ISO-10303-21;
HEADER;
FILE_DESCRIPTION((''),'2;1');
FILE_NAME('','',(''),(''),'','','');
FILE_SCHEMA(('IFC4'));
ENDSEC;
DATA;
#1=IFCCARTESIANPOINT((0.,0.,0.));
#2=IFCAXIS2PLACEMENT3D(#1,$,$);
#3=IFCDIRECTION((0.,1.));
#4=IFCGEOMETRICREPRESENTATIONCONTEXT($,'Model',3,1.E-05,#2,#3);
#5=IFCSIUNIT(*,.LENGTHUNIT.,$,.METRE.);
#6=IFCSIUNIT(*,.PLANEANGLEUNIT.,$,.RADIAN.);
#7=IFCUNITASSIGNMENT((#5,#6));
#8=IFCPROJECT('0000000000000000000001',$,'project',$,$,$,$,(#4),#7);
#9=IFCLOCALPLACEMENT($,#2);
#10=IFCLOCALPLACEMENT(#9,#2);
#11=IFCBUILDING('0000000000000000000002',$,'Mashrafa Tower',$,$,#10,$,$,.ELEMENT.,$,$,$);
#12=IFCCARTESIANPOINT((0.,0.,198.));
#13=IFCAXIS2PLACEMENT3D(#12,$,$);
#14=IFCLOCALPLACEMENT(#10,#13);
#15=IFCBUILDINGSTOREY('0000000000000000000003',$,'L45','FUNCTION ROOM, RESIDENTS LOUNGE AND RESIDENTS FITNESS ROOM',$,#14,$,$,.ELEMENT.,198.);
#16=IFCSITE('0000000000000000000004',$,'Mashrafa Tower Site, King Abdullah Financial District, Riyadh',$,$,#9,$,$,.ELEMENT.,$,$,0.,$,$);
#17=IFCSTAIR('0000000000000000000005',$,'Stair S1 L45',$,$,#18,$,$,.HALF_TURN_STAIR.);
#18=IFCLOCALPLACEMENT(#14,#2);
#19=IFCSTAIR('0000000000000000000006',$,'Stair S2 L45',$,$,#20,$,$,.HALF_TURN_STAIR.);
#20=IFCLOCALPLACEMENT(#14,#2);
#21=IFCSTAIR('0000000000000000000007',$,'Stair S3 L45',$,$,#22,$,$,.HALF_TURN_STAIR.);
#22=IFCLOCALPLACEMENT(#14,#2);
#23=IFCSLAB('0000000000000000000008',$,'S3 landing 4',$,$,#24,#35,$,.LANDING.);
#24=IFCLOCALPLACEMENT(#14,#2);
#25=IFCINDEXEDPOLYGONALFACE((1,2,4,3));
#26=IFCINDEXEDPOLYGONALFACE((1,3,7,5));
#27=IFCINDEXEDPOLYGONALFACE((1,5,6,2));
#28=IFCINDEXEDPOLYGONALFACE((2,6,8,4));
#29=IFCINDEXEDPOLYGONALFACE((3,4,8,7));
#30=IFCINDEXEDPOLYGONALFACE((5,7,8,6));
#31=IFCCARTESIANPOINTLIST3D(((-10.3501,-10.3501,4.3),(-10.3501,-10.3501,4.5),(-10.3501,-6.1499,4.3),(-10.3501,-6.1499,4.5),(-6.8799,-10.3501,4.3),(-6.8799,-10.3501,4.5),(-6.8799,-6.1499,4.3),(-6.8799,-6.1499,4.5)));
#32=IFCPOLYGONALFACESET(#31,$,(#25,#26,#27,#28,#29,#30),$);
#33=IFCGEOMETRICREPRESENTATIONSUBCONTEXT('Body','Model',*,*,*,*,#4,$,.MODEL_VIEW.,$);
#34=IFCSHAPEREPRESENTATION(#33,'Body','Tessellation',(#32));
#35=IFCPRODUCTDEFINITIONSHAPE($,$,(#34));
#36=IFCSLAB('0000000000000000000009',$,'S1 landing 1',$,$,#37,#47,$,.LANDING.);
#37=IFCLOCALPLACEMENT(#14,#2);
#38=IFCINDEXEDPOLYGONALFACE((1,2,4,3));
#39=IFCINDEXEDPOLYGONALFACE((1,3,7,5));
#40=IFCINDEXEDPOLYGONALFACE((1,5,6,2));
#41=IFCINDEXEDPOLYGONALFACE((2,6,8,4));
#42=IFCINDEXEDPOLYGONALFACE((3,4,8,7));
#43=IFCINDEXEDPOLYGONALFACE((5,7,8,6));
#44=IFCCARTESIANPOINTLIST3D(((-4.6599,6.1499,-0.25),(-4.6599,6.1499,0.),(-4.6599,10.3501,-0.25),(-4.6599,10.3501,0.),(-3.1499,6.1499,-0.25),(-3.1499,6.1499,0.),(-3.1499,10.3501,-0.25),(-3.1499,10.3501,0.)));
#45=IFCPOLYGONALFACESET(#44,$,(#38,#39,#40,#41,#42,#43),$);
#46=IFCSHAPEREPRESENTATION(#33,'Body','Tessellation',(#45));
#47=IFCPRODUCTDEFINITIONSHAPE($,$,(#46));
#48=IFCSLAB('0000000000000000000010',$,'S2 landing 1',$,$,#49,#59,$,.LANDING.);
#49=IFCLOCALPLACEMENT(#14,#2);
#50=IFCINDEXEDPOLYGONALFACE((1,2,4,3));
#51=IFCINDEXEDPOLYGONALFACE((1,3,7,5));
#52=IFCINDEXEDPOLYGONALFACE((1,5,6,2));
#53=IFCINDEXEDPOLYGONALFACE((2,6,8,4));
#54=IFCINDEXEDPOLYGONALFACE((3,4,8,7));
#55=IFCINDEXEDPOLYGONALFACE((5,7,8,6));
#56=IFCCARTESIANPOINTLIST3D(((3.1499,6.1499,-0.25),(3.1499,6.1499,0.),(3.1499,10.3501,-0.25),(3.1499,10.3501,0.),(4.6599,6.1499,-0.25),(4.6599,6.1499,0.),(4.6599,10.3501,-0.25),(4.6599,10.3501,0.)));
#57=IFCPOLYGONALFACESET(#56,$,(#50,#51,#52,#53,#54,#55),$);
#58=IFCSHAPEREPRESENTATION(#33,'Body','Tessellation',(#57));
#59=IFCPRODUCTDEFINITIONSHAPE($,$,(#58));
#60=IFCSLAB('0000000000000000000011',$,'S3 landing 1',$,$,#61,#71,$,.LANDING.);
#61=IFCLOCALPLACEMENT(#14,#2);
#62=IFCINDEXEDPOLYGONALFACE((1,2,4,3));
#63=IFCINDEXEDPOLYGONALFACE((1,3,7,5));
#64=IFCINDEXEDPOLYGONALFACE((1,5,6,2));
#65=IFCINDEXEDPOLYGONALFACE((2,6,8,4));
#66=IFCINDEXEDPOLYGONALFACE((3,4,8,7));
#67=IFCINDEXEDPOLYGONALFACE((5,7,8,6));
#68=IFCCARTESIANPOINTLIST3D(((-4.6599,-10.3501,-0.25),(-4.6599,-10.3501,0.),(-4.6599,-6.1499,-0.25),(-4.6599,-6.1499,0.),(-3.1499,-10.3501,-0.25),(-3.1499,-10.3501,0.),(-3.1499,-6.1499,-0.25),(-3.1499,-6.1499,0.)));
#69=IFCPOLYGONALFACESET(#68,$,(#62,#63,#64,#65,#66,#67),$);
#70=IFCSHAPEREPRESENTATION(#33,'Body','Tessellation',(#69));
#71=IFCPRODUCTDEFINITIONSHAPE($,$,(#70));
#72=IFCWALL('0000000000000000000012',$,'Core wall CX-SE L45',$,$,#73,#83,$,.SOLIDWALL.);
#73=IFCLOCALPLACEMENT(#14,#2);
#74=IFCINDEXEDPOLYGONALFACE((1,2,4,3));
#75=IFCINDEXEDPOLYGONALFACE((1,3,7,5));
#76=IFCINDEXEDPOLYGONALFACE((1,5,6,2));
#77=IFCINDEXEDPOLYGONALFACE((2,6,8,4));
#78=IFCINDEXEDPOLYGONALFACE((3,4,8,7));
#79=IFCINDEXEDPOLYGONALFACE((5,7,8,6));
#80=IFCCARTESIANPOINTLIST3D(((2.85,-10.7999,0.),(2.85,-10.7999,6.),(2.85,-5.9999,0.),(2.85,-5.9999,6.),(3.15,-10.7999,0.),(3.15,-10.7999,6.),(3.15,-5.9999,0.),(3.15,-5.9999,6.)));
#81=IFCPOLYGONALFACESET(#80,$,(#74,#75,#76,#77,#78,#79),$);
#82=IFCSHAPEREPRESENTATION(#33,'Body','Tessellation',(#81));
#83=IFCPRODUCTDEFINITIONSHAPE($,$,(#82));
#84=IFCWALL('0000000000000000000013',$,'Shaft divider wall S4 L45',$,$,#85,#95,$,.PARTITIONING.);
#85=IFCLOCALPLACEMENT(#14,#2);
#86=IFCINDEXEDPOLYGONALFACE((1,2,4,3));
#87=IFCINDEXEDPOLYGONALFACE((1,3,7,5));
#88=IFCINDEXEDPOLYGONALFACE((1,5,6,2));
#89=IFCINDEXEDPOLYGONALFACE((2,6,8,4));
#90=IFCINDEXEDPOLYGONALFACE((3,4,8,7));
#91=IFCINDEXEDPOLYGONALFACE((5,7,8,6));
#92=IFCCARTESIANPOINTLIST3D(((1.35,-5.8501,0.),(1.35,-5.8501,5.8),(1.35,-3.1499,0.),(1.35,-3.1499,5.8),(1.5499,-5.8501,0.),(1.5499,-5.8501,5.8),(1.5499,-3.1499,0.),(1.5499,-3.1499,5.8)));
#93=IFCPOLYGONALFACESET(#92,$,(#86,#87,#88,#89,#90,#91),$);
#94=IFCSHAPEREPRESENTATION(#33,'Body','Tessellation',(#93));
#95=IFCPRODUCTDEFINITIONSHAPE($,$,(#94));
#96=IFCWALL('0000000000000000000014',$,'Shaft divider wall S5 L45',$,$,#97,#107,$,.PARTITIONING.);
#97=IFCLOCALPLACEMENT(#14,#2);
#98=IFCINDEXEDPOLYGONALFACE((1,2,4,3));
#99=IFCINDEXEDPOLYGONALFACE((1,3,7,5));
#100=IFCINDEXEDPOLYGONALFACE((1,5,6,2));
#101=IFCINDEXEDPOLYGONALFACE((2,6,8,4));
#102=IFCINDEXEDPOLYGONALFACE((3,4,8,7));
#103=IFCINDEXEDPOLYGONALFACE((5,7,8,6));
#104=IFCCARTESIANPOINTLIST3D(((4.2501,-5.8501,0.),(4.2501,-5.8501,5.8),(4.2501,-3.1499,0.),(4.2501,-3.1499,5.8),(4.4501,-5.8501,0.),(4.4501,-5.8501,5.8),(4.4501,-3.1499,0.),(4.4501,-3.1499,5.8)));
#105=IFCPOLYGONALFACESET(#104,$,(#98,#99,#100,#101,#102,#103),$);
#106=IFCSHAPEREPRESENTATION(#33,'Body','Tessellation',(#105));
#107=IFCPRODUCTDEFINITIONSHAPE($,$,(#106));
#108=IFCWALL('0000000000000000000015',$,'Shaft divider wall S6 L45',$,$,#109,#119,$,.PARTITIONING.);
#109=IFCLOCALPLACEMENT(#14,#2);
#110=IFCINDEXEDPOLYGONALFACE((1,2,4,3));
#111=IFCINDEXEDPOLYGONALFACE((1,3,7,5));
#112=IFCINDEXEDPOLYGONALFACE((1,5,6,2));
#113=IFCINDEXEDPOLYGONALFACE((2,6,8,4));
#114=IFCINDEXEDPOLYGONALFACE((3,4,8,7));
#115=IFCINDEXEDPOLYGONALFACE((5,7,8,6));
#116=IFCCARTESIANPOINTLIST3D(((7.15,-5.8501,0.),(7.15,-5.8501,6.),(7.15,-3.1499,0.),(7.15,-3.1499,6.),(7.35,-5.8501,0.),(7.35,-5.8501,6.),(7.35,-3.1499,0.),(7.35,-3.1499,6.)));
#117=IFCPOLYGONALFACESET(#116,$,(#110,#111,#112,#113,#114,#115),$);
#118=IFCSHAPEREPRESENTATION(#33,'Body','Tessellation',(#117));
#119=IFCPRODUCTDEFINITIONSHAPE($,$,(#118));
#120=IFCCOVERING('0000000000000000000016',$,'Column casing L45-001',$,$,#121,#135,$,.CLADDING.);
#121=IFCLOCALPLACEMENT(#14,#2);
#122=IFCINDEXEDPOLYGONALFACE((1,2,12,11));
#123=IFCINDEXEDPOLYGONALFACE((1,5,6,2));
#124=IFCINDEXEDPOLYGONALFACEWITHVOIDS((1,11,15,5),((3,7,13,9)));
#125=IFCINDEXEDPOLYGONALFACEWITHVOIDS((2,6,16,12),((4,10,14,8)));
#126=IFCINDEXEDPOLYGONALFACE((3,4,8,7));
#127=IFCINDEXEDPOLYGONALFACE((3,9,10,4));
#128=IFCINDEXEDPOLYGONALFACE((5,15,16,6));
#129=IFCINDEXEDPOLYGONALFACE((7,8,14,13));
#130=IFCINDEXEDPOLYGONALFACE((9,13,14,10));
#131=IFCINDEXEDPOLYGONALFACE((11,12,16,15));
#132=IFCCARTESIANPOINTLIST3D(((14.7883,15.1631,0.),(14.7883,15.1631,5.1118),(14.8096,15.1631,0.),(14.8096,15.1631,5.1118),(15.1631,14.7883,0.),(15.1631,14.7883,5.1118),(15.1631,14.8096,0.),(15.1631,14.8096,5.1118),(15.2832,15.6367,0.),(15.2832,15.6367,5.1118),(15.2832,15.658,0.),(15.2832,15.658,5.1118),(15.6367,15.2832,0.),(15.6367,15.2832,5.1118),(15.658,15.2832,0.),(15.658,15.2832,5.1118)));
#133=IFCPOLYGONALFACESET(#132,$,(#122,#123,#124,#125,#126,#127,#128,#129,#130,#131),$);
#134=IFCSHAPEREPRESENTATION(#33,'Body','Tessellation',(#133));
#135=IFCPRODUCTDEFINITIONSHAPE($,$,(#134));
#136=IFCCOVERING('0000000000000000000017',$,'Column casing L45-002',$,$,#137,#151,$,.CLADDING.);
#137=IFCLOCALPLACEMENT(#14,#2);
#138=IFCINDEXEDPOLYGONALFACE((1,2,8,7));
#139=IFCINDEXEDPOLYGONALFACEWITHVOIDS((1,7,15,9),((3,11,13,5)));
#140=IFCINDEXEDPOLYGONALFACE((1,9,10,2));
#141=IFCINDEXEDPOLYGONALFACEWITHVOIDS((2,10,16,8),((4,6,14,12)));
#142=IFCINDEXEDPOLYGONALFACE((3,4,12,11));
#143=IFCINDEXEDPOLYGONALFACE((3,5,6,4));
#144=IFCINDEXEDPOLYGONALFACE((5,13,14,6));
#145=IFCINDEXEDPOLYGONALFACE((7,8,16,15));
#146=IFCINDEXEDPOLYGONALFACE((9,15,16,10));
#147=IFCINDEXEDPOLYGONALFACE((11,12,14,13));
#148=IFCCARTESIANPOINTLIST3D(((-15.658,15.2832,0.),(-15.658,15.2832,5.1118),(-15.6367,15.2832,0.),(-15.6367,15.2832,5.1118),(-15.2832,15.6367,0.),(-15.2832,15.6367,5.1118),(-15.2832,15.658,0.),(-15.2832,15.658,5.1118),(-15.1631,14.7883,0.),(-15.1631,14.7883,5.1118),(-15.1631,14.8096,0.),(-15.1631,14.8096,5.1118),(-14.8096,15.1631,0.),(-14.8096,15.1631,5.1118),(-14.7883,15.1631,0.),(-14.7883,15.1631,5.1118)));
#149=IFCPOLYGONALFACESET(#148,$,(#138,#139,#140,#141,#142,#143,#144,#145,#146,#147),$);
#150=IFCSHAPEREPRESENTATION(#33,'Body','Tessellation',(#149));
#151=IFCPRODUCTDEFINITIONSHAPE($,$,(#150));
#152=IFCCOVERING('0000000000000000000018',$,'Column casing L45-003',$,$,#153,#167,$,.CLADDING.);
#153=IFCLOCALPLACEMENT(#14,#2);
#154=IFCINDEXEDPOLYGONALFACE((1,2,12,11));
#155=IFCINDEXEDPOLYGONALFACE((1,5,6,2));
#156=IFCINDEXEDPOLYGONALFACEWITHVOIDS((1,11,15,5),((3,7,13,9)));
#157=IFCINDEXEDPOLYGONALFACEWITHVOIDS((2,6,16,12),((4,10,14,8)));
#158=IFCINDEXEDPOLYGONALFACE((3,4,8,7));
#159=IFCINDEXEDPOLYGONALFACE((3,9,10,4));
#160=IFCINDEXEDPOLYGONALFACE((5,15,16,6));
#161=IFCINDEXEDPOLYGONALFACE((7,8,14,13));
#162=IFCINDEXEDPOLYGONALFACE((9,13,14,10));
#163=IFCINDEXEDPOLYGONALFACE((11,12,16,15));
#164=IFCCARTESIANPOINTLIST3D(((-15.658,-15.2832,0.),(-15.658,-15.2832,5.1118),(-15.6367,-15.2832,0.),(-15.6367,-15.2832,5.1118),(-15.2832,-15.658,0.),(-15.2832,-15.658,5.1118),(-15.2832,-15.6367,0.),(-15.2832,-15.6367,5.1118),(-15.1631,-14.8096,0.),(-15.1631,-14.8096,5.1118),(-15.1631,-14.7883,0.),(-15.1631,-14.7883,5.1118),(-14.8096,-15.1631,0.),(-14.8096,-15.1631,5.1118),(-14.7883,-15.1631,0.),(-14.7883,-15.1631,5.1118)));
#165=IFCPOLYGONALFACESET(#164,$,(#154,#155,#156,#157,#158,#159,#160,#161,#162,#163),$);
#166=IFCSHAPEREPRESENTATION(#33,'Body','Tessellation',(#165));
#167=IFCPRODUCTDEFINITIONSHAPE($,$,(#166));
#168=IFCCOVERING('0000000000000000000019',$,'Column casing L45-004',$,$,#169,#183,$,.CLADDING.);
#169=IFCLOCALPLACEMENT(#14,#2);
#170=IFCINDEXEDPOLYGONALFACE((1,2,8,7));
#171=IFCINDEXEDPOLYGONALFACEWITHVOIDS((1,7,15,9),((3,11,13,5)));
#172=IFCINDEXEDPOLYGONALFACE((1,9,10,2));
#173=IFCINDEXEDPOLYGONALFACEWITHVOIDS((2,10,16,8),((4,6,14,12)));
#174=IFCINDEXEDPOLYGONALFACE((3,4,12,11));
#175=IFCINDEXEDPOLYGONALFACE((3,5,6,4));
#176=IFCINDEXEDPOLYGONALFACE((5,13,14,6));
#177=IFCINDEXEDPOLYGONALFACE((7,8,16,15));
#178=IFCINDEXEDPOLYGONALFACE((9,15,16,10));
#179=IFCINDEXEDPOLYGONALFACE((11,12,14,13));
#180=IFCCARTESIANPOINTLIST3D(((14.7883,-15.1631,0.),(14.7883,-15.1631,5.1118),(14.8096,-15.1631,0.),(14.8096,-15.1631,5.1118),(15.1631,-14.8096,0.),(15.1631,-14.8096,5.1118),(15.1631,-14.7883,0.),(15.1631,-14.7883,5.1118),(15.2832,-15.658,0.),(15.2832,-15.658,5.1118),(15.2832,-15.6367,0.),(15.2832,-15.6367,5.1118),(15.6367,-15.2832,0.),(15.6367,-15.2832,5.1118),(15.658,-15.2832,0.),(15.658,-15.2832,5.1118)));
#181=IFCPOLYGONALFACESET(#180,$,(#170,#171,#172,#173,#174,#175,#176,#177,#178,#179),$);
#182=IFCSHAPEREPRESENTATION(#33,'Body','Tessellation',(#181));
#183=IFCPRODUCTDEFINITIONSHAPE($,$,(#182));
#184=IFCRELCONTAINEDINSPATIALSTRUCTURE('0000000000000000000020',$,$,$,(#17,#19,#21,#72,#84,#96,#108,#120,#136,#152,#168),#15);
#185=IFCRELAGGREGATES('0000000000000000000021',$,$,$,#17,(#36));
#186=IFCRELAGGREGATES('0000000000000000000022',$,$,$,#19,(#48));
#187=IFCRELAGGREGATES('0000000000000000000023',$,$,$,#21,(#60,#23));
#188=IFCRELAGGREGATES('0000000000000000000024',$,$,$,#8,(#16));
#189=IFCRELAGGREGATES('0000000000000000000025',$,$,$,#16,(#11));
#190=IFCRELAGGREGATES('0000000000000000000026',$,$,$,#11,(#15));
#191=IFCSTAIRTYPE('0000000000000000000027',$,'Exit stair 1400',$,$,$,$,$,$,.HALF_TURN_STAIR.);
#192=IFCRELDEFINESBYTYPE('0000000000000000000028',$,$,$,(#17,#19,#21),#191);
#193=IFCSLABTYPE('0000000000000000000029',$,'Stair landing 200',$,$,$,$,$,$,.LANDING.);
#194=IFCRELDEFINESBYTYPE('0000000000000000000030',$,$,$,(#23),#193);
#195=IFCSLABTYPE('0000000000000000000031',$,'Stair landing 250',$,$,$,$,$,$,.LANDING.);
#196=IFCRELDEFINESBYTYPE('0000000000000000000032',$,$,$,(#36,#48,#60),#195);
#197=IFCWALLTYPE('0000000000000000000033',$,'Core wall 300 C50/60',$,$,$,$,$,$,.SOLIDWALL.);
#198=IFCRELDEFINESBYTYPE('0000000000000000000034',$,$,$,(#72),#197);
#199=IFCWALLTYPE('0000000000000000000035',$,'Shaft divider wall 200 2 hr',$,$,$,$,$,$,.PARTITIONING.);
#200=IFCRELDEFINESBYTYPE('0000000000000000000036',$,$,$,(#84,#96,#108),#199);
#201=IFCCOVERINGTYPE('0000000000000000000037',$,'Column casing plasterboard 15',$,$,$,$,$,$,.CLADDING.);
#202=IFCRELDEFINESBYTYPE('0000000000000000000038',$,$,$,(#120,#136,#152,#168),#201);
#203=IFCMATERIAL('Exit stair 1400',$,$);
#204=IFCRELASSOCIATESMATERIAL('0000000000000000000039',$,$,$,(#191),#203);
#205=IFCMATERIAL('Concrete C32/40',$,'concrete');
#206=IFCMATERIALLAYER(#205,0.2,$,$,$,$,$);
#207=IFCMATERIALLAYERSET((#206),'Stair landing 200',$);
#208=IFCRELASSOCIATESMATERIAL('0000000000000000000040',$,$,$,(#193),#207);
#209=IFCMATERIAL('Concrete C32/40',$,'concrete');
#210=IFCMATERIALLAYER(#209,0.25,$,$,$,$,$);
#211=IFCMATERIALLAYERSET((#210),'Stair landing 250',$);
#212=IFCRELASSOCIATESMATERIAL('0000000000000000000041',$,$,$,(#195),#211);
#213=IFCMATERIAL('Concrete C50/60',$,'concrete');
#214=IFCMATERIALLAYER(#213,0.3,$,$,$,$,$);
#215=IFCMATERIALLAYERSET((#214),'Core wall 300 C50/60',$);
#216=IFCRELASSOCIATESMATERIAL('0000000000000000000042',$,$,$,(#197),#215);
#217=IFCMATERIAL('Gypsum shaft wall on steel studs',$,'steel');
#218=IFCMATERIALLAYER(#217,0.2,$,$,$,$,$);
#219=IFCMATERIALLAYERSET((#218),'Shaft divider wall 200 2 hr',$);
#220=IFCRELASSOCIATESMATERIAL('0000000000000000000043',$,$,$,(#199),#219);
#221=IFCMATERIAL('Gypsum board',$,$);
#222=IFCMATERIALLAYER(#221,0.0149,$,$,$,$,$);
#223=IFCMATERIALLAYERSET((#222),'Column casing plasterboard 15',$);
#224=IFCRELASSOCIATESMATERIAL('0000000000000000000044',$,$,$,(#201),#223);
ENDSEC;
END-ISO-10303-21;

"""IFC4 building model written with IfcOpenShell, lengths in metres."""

from ifc_helpers import new_model, si_unit, direction, frame, frame_2d, origin, place, context, subcontext, project, spatial, polyline, rectangle, outline, extrude, material, layer, layer_set, type_object, element, aggregate, save


model = new_model("IFC4")

# Units and contexts
model_context = context("Model", 3, precision=1e-05, world=origin(), true_north=direction((0.0, 1.0)))
body_context = subcontext(model_context, "Body", "Model", "MODEL_VIEW")
ifc_project = project(units=[si_unit("LENGTHUNIT", "METRE"), si_unit("PLANEANGLEUNIT", "RADIAN")], contexts=[model_context])

# Site, building, storey
site_placement = place(None, origin())
site = spatial("IfcSite", under=ifc_project, at=site_placement, Name="Mashrafa Tower Site, King Abdullah Financial District, Riyadh", CompositionType="ELEMENT", RefElevation=0.0)
building_placement = place(site_placement, origin())
building = spatial("IfcBuilding", under=site, at=building_placement, Name="Mashrafa Tower", CompositionType="ELEMENT")
storey_placement = place(building_placement, frame((0.0, 0.0, 198.0)))
storey = spatial("IfcBuildingStorey", under=building, at=storey_placement, Name="L45", Description="FUNCTION ROOM, RESIDENTS LOUNGE AND RESIDENTS FITNESS ROOM", CompositionType="ELEMENT", Elevation=198.0)

# Stairs, slab
ifc_material_1 = material(Name="Exit stair 1400")
stair_type = type_object("IfcStairType", Name="Exit stair 1400", PredefinedType="HALF_TURN_STAIR", material=ifc_material_1)
stair_1_placement = place(storey_placement, origin())
stair_1 = element("IfcStair", 1, at=stair_1_placement, inside=storey, type_object=stair_type, Name="Stair S1 L45", PredefinedType="HALF_TURN_STAIR")
ifc_material_2 = material(Name="Concrete C32/40", Category="concrete")
ifc_layer_1 = layer(ifc_material_2, 0.2)
ifc_layer_set_1 = layer_set([ifc_layer_1], Name="Stair landing 200")
slab_type_1 = type_object("IfcSlabType", Name="Stair landing 200", PredefinedType="LANDING", material=ifc_layer_set_1)
stair_2_placement = place(storey_placement, origin())
stair_2 = element("IfcStair", 2, at=stair_2_placement, inside=storey, type_object=stair_type, Name="Stair S2 L45", PredefinedType="HALF_TURN_STAIR")
stair_3_placement = place(storey_placement, origin())
stair_3 = element("IfcStair", 3, at=stair_3_placement, inside=storey, type_object=stair_type, Name="Stair S3 L45", PredefinedType="HALF_TURN_STAIR")
slab_1_placement = place(storey_placement, frame((0.0, 0.0, 4.3)))
slab_1 = element("IfcSlab", 4, at=slab_1_placement, type_object=slab_type_1, Name="S3 landing 4", PredefinedType="LANDING", context=body_context, shape_type="SweptSolid", body=[
    extrude(outline(polyline([(-10.3501, -10.3501), (-6.8799, -10.3501), (-6.8799, -6.1499), (-10.3501, -6.1499), (-10.3501, -10.3501)])), origin(), (0.0, 0.0, 1.0), 0.2),
])

# Slabs
ifc_material_3 = material(Name="Concrete C32/40", Category="concrete")
ifc_layer_2 = layer(ifc_material_3, 0.25)
ifc_layer_set_2 = layer_set([ifc_layer_2], Name="Stair landing 250")
slab_type_2 = type_object("IfcSlabType", Name="Stair landing 250", PredefinedType="LANDING", material=ifc_layer_set_2)
slab_2_placement = place(storey_placement, frame((0.0, 0.0, -0.25)))
slab_2 = element("IfcSlab", 5, at=slab_2_placement, type_object=slab_type_2, Name="S1 landing 1", PredefinedType="LANDING", context=body_context, shape_type="SweptSolid", body=[
    extrude(outline(polyline([(-4.6599, 6.1499), (-3.1499, 6.1499), (-3.1499, 10.3501), (-4.6599, 10.3501), (-4.6599, 6.1499)])), origin(), (0.0, 0.0, 1.0), 0.25),
])
aggregate(stair_1, [slab_2])
slab_3_placement = place(storey_placement, frame((0.0, 0.0, -0.25)))
slab_3 = element("IfcSlab", 6, at=slab_3_placement, type_object=slab_type_2, Name="S2 landing 1", PredefinedType="LANDING", context=body_context, shape_type="SweptSolid", body=[
    extrude(outline(polyline([(3.1499, 6.1499), (4.6599, 6.1499), (4.6599, 10.3501), (3.1499, 10.3501), (3.1499, 6.1499)])), origin(), (0.0, 0.0, 1.0), 0.25),
])
aggregate(stair_2, [slab_3])
slab_4_placement = place(storey_placement, frame((0.0, 0.0, -0.25)))
slab_4 = element("IfcSlab", 7, at=slab_4_placement, type_object=slab_type_2, Name="S3 landing 1", PredefinedType="LANDING", context=body_context, shape_type="SweptSolid", body=[
    extrude(outline(polyline([(-4.6599, -10.3501), (-3.1499, -10.3501), (-3.1499, -6.1499), (-4.6599, -6.1499), (-4.6599, -10.3501)])), origin(), (0.0, 0.0, 1.0), 0.25),
])
aggregate(stair_3, [slab_4, slab_1])

# Walls
ifc_material_4 = material(Name="Concrete C50/60", Category="concrete")
ifc_layer_3 = layer(ifc_material_4, 0.3)
ifc_layer_set_3 = layer_set([ifc_layer_3], Name="Core wall 300 C50/60")
wall_type_1 = type_object("IfcWallType", Name="Core wall 300 C50/60", PredefinedType="SOLIDWALL", material=ifc_layer_set_3)
wall_1_placement = place(storey_placement, frame((3.0, -6.0, 0.0), z_axis=(0.0, 0.0, 1.0), x_axis=(0.0, -1.0, 0.0)))
element("IfcWall", 8, at=wall_1_placement, inside=storey, type_object=wall_type_1, Name="Core wall CX-SE L45", PredefinedType="SOLIDWALL", context=body_context, shape_type="SweptSolid", body=[
    extrude(rectangle(XDim=4.8, YDim=0.3, at=frame_2d((2.3999, 0.0))), origin(), (0.0, 0.0, 1.0), 6.0),
])
ifc_material_5 = material(Name="Gypsum shaft wall on steel studs", Category="steel")
ifc_layer_4 = layer(ifc_material_5, 0.2)
ifc_layer_set_4 = layer_set([ifc_layer_4], Name="Shaft divider wall 200 2 hr")
wall_type_2 = type_object("IfcWallType", Name="Shaft divider wall 200 2 hr", PredefinedType="PARTITIONING", material=ifc_layer_set_4)
for number, where, z_axis, x_axis, name in (
    (9, (1.45, -5.8501, 0.0), (0.0, 0.0, 1.0), (0.0, 1.0, 0.0), "Shaft divider wall S4 L45"),
    (10, (4.3501, -5.8501, 0.0), (0.0, 0.0, 1.0), (0.0, 1.0, 0.0), "Shaft divider wall S5 L45"),
):
    element("IfcWall", number, at=place(storey_placement, frame(where, z_axis=z_axis, x_axis=x_axis)), inside=storey, type_object=wall_type_2, Name=name, PredefinedType="PARTITIONING", context=body_context, shape_type="SweptSolid", body=[
        extrude(rectangle(XDim=2.7002, YDim=0.2, at=frame_2d((1.3501, 0.0))), origin(), (0.0, 0.0, 1.0), 5.8),
    ])
wall_2_placement = place(storey_placement, frame((7.25, -5.8501, 0.0), z_axis=(0.0, 0.0, 1.0), x_axis=(0.0, 1.0, 0.0)))
element("IfcWall", 11, at=wall_2_placement, inside=storey, type_object=wall_type_2, Name="Shaft divider wall S6 L45", PredefinedType="PARTITIONING", context=body_context, shape_type="SweptSolid", body=[
    extrude(rectangle(XDim=2.7002, YDim=0.2, at=frame_2d((1.3501, 0.0))), origin(), (0.0, 0.0, 1.0), 6.0),
])

# Coverings
ifc_material_6 = material(Name="Gypsum board")
ifc_layer_5 = layer(ifc_material_6, 0.0149)
ifc_layer_set_5 = layer_set([ifc_layer_5], Name="Column casing plasterboard 15")
covering_type = type_object("IfcCoveringType", Name="Column casing plasterboard 15", PredefinedType="CLADDING", material=ifc_layer_set_5)
covering_1_placement = place(storey_placement, origin())
element("IfcCovering", 12, at=covering_1_placement, inside=storey, type_object=covering_type, Name="Column casing L45-001", PredefinedType="CLADDING", context=body_context, shape_type="SweptSolid", body=[
    extrude(outline(polyline([(14.7883, 15.1631), (15.2832, 15.658), (15.658, 15.2832), (15.1631, 14.7883), (14.7883, 15.1631)]), holes=[polyline([(15.6367, 15.2832), (15.2832, 15.6367), (14.8096, 15.1631), (15.1631, 14.8096), (15.6367, 15.2832)])]), origin(), (0.0, 0.0, 1.0), 5.1118),
])
covering_2_placement = place(storey_placement, origin())
element("IfcCovering", 13, at=covering_2_placement, inside=storey, type_object=covering_type, Name="Column casing L45-002", PredefinedType="CLADDING", context=body_context, shape_type="SweptSolid", body=[
    extrude(outline(polyline([(-15.658, 15.2832), (-15.2832, 15.658), (-14.7883, 15.1631), (-15.1631, 14.7883), (-15.658, 15.2832)]), holes=[polyline([(-14.8096, 15.1631), (-15.2832, 15.6367), (-15.6367, 15.2832), (-15.1631, 14.8096), (-14.8096, 15.1631)])]), origin(), (0.0, 0.0, 1.0), 5.1118),
])
covering_3_placement = place(storey_placement, origin())
element("IfcCovering", 14, at=covering_3_placement, inside=storey, type_object=covering_type, Name="Column casing L45-003", PredefinedType="CLADDING", context=body_context, shape_type="SweptSolid", body=[
    extrude(outline(polyline([(-15.658, -15.2832), (-15.1631, -14.7883), (-14.7883, -15.1631), (-15.2832, -15.658), (-15.658, -15.2832)]), holes=[polyline([(-14.8096, -15.1631), (-15.1631, -14.8096), (-15.6367, -15.2832), (-15.2832, -15.6367), (-14.8096, -15.1631)])]), origin(), (0.0, 0.0, 1.0), 5.1118),
])
covering_4_placement = place(storey_placement, origin())
element("IfcCovering", 15, at=covering_4_placement, inside=storey, type_object=covering_type, Name="Column casing L45-004", PredefinedType="CLADDING", context=body_context, shape_type="SweptSolid", body=[
    extrude(outline(polyline([(14.7883, -15.1631), (15.1631, -14.7883), (15.658, -15.2832), (15.2832, -15.658), (14.7883, -15.1631)]), holes=[polyline([(15.6367, -15.2832), (15.1631, -14.8096), (14.8096, -15.1631), (15.2832, -15.6367), (15.6367, -15.2832)])]), origin(), (0.0, 0.0, 1.0), 5.1118),
])

save(model, "model.ifc")
